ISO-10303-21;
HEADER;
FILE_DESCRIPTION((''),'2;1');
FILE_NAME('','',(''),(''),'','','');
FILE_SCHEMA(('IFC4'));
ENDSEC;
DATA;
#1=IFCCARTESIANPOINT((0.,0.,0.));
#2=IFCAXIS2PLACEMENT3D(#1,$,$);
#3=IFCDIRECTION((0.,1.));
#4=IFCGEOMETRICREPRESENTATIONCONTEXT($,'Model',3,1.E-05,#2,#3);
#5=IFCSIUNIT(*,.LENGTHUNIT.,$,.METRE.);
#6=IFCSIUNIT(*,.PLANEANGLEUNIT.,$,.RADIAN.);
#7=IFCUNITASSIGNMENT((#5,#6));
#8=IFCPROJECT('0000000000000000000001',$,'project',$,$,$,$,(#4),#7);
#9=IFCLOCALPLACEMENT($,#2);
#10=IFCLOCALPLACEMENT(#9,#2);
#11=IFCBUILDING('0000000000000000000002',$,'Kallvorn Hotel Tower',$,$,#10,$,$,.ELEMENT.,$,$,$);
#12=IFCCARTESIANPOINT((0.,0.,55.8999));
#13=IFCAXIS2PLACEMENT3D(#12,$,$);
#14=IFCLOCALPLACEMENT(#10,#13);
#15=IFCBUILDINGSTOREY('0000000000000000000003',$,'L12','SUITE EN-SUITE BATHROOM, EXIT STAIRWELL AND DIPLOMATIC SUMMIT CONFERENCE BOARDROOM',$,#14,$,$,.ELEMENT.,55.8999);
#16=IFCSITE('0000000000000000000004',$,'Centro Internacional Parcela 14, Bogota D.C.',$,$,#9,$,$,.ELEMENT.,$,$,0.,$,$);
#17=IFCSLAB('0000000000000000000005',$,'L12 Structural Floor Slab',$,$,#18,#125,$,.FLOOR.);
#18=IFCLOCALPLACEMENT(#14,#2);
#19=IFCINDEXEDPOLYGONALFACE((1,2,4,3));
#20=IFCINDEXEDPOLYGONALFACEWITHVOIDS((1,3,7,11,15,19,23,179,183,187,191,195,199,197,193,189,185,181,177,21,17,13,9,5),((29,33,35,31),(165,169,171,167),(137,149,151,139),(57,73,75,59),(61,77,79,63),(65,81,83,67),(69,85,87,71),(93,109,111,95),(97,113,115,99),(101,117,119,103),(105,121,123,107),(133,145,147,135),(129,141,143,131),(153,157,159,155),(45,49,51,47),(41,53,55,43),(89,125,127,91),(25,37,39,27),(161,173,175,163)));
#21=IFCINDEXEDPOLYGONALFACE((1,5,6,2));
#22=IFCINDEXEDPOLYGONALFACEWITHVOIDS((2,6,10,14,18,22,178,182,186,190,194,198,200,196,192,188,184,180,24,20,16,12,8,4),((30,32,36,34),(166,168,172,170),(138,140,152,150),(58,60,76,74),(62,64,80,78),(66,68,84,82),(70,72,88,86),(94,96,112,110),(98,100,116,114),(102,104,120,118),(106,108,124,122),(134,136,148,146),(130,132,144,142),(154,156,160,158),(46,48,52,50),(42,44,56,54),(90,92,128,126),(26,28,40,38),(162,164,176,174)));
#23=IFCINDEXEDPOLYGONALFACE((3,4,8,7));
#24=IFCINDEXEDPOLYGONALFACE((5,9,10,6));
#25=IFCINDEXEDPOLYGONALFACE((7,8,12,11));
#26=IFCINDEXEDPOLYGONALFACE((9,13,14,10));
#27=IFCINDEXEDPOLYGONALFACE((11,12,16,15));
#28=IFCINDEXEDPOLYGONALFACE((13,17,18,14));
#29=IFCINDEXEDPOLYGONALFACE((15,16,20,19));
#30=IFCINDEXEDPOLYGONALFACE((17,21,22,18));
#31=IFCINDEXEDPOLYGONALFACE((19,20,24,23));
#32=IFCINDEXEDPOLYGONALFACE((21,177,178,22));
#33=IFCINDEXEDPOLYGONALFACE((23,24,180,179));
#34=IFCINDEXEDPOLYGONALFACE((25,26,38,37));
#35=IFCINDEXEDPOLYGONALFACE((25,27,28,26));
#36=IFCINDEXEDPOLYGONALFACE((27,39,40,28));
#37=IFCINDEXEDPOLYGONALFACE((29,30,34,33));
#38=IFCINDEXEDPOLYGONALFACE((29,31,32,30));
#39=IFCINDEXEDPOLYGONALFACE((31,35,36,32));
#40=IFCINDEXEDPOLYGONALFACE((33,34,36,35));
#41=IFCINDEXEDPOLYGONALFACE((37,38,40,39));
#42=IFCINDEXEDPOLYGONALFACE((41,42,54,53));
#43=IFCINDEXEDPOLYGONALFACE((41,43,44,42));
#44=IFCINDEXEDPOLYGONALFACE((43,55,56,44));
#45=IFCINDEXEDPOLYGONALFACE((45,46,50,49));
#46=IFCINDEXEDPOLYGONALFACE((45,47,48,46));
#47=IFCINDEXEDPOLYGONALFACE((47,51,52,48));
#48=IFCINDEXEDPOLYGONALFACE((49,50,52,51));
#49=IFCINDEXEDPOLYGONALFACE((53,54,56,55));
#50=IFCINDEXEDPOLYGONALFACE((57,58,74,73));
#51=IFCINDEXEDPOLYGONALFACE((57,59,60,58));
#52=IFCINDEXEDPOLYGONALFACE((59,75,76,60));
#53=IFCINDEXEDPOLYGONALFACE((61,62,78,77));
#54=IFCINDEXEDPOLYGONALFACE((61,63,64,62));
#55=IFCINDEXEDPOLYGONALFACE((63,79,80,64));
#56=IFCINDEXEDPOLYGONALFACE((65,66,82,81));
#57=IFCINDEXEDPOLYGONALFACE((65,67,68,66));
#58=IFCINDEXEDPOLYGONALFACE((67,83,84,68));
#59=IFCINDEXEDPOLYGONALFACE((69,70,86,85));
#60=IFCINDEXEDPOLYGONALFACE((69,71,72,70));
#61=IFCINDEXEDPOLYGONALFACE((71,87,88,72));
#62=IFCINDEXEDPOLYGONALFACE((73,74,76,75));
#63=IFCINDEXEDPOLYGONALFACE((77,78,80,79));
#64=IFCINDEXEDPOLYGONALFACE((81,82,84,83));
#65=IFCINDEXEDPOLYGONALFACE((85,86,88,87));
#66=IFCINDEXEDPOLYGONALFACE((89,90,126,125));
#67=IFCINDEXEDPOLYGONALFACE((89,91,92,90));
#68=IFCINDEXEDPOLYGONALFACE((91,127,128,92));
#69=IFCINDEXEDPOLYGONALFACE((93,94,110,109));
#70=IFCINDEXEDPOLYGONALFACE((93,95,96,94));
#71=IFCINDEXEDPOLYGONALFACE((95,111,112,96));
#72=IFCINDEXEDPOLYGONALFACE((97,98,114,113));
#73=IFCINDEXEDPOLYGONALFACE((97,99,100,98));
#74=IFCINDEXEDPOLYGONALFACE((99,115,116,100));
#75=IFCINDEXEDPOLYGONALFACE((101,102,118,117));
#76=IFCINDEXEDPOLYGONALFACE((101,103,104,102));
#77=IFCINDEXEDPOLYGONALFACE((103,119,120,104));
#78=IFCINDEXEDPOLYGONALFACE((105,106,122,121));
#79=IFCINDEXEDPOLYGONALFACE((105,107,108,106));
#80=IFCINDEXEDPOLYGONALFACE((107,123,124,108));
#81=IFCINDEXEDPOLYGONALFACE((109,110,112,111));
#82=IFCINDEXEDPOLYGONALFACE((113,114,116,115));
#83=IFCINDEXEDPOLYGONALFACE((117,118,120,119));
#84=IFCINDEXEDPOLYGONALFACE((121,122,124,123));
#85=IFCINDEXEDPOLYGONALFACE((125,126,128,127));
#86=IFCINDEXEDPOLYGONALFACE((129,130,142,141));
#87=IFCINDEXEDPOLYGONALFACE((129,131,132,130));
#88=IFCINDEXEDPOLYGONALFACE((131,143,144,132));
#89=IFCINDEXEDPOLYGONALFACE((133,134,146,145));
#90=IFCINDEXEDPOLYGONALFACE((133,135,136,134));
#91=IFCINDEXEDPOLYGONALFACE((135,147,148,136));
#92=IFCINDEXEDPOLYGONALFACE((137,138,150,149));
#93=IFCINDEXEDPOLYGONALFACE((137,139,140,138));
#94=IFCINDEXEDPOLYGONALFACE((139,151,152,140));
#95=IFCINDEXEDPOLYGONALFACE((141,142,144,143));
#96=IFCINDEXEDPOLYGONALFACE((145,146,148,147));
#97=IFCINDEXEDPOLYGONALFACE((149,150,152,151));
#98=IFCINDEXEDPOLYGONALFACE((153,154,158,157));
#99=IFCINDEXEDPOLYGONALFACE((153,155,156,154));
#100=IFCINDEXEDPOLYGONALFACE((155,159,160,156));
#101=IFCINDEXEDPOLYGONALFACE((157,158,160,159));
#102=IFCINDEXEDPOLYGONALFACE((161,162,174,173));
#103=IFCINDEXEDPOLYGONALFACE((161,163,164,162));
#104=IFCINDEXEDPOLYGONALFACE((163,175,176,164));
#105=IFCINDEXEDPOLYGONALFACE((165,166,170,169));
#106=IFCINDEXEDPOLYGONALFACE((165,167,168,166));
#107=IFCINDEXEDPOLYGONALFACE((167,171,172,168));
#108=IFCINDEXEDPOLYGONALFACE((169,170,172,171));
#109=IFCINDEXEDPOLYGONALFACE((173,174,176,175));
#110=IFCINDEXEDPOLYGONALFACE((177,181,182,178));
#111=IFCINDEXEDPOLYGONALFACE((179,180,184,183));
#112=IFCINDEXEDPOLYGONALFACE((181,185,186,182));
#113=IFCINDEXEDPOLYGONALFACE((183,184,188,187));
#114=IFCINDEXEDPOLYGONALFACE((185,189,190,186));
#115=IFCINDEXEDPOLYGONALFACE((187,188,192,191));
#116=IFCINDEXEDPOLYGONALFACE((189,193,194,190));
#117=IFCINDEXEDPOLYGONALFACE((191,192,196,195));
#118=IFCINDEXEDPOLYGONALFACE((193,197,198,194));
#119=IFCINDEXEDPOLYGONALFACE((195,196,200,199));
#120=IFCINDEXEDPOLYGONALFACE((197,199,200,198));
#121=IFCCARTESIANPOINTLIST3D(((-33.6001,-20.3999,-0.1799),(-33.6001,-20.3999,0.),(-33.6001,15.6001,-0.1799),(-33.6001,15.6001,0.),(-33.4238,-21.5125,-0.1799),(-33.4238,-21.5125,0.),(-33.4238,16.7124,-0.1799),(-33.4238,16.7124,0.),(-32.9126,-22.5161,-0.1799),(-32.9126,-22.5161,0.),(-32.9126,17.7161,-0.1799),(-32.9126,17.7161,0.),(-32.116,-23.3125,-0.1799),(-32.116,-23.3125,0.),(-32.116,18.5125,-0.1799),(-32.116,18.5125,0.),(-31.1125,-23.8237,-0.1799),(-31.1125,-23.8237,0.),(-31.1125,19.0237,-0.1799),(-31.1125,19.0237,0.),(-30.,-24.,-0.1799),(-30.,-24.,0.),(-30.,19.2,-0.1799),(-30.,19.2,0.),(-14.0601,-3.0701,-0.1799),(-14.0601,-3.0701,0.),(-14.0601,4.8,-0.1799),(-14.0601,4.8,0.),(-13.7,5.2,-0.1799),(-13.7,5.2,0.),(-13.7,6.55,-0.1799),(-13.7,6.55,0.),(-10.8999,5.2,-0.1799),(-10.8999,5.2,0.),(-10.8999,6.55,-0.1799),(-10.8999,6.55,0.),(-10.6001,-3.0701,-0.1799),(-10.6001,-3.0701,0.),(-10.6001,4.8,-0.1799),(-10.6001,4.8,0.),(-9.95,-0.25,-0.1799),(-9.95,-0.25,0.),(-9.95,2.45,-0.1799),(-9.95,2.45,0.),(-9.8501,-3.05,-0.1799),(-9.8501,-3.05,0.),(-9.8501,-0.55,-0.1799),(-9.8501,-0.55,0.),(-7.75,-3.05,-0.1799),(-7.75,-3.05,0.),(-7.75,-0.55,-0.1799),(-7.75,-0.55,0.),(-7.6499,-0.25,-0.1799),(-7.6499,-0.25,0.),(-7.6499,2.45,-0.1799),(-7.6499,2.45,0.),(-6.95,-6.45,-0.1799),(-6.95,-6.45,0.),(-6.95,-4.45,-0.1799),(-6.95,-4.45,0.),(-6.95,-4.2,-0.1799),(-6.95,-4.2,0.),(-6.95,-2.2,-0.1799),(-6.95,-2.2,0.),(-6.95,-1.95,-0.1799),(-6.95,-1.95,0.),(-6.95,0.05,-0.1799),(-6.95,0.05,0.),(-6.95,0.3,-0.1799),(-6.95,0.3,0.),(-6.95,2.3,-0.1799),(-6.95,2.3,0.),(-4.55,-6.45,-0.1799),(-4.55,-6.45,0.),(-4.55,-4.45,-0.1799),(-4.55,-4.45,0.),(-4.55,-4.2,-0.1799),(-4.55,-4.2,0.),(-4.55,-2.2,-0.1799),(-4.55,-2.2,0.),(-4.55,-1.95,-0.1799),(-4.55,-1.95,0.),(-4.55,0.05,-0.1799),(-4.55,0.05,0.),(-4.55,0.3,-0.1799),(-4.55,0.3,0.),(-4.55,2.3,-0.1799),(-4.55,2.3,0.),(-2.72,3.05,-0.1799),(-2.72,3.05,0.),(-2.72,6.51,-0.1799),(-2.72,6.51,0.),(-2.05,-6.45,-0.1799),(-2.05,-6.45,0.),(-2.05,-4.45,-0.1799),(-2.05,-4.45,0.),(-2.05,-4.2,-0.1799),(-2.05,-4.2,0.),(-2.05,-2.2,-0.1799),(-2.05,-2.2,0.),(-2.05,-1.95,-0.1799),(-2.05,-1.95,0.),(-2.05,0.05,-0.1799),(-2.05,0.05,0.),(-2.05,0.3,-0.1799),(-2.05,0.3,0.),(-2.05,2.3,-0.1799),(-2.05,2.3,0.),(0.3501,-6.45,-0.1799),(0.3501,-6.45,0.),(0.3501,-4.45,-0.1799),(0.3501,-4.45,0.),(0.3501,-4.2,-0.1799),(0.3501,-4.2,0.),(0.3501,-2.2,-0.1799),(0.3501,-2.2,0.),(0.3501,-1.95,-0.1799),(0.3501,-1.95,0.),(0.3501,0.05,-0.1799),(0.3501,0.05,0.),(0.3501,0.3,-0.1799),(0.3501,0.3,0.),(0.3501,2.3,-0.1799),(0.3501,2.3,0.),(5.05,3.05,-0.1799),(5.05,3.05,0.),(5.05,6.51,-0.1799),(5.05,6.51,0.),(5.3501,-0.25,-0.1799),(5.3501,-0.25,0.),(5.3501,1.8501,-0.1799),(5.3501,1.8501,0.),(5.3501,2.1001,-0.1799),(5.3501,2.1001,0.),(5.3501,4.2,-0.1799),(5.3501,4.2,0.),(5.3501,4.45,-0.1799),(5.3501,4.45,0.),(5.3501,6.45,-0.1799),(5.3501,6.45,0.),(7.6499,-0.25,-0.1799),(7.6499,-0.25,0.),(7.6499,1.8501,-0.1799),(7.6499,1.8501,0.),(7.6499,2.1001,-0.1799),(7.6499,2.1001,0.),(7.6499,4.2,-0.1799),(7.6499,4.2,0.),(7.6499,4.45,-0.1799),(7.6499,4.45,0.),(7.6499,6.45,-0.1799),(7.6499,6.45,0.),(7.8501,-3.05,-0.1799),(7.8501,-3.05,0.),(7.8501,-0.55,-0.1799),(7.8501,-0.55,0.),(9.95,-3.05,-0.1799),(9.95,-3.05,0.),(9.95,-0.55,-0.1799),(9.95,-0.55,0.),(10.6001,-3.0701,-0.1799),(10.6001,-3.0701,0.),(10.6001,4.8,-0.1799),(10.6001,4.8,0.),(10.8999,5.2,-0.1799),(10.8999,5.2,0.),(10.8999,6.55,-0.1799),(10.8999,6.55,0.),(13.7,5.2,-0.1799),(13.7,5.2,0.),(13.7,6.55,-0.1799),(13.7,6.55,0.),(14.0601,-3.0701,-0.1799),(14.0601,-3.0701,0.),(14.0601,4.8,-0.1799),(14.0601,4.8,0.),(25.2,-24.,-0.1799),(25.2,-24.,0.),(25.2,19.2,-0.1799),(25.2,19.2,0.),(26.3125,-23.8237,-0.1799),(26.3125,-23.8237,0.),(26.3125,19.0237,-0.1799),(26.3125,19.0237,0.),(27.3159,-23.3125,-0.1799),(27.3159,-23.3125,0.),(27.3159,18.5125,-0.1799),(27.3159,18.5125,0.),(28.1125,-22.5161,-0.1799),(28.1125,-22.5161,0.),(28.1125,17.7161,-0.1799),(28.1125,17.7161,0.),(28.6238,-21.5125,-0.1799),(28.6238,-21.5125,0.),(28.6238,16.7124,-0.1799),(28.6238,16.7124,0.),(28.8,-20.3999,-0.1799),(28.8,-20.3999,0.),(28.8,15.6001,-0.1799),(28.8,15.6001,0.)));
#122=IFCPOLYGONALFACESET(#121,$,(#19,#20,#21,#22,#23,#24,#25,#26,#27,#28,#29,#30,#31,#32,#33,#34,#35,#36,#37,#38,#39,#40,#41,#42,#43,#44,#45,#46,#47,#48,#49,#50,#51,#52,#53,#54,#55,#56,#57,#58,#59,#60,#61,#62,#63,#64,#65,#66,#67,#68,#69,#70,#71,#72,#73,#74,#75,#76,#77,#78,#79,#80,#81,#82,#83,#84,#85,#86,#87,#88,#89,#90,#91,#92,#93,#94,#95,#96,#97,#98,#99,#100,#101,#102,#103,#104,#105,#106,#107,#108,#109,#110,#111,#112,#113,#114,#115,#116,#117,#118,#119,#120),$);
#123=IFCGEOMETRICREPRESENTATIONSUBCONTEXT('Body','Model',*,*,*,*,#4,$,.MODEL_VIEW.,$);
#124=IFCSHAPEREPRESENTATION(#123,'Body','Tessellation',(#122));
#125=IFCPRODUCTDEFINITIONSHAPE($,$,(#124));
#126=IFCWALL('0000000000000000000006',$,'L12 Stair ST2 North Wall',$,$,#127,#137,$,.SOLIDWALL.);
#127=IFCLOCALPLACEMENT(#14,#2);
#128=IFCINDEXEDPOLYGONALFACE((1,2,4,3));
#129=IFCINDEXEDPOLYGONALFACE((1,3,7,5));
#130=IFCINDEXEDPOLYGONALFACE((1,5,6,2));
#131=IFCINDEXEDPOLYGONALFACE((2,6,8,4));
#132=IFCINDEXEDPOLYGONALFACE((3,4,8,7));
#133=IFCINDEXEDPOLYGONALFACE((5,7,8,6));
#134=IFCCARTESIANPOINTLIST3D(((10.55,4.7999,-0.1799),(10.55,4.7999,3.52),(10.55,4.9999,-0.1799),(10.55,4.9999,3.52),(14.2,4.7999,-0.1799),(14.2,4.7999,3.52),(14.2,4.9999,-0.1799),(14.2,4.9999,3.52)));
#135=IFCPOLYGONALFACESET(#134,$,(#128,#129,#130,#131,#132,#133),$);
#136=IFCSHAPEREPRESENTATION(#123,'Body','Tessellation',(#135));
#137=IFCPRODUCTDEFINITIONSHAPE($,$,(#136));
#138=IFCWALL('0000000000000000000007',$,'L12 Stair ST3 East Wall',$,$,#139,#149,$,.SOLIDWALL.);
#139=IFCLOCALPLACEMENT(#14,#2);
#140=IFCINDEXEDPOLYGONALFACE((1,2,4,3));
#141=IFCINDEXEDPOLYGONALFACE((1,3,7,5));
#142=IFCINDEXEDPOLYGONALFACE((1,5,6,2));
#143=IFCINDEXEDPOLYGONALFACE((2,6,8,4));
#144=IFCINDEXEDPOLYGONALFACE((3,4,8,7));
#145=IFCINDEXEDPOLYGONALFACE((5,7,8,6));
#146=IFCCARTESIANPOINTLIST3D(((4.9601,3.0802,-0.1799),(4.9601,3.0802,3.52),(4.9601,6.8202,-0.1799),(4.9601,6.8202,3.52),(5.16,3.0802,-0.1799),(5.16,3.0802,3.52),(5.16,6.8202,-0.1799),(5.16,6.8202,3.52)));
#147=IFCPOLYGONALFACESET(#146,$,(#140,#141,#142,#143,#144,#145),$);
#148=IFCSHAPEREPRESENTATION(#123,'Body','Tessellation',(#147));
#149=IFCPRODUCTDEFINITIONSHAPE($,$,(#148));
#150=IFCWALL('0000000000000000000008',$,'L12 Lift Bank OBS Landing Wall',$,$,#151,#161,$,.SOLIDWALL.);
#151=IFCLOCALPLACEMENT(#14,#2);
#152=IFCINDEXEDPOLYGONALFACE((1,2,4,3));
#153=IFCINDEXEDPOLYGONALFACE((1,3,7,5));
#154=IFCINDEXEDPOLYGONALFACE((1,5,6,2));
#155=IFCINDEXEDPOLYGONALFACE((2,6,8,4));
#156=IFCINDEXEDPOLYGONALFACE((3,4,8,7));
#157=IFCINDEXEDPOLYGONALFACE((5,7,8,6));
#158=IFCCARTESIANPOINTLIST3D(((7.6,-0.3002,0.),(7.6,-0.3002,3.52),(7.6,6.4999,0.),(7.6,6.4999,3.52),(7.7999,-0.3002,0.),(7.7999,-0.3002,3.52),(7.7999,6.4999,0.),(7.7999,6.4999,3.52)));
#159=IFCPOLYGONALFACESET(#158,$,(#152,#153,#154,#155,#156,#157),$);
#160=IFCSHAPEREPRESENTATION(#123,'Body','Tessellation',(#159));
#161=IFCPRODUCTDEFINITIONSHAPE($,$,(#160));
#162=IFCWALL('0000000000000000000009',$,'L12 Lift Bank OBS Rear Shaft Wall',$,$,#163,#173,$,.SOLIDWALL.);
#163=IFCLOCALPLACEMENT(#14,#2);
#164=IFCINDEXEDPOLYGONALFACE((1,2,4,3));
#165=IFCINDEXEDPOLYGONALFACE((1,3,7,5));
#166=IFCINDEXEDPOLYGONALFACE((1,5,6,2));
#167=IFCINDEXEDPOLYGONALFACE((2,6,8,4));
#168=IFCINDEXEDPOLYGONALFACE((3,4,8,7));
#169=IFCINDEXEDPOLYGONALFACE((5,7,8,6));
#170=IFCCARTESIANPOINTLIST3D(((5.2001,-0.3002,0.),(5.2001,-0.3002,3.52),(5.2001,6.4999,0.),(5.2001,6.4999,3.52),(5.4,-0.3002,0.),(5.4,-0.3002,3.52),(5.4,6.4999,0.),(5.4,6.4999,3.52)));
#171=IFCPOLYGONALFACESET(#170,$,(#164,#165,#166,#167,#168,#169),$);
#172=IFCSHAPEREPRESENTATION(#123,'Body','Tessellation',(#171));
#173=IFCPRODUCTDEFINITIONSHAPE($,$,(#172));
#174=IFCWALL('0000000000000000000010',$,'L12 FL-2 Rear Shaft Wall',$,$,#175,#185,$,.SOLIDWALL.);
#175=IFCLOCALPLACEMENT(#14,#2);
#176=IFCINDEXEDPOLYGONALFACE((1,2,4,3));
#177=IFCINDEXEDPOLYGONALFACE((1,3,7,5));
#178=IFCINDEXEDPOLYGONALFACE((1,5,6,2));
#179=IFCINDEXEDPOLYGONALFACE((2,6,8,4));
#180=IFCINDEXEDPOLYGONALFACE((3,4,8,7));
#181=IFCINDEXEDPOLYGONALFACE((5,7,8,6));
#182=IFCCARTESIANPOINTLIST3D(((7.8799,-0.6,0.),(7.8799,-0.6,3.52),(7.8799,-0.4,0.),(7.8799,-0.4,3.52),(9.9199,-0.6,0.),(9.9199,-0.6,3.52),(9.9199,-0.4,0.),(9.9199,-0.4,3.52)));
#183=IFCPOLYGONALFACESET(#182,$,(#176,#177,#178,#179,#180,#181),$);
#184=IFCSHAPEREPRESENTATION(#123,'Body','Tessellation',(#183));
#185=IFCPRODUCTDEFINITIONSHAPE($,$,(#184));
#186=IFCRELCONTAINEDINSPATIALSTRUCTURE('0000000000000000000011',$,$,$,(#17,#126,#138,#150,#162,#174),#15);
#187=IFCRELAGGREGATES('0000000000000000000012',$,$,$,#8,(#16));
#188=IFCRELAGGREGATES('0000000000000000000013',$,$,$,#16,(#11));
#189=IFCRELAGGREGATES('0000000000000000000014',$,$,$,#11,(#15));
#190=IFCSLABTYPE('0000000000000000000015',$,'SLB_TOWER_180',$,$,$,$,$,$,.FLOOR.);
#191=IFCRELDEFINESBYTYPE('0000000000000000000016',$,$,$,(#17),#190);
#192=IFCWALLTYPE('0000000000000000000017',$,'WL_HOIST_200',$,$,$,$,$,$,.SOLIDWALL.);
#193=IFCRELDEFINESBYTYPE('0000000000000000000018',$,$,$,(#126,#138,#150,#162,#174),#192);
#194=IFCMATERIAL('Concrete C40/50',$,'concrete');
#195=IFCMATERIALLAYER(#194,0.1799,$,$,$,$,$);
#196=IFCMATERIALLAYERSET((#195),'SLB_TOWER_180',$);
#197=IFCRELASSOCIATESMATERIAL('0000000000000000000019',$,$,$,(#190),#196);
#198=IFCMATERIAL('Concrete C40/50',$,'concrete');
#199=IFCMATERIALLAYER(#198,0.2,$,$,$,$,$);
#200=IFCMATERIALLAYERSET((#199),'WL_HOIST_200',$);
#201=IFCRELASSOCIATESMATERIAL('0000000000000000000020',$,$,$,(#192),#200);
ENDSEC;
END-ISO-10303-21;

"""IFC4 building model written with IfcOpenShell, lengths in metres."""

from ifc_helpers import new_model, si_unit, direction, frame, frame_2d, origin, place, context, subcontext, project, spatial, polyline, rectangle, outline, extrude, material, layer, layer_set, type_object, element, save


model = new_model("IFC4")

# Units and contexts
model_context = context("Model", 3, precision=1e-05, world=origin(), true_north=direction((0.0, 1.0)))
body_context = subcontext(model_context, "Body", "Model", "MODEL_VIEW")
ifc_project = project(units=[si_unit("LENGTHUNIT", "METRE"), si_unit("PLANEANGLEUNIT", "RADIAN")], contexts=[model_context])

# Site, building, storey
site_placement = place(None, origin())
site = spatial("IfcSite", under=ifc_project, at=site_placement, Name="Centro Internacional Parcela 14, Bogota D.C.", CompositionType="ELEMENT", RefElevation=0.0)
building_placement = place(site_placement, origin())
building = spatial("IfcBuilding", under=site, at=building_placement, Name="Kallvorn Hotel Tower", CompositionType="ELEMENT")
storey_placement = place(building_placement, frame((0.0, 0.0, 55.8999)))
storey = spatial("IfcBuildingStorey", under=building, at=storey_placement, Name="L12", Description="SUITE EN-SUITE BATHROOM, EXIT STAIRWELL AND DIPLOMATIC SUMMIT CONFERENCE BOARDROOM", CompositionType="ELEMENT", Elevation=55.8999)

# Slab
ifc_material_1 = material(Name="Concrete C40/50", Category="concrete")
ifc_layer_1 = layer(ifc_material_1, 0.1799)
ifc_layer_set_1 = layer_set([ifc_layer_1], Name="SLB_TOWER_180")
slab_type_1 = type_object("IfcSlabType", Name="SLB_TOWER_180", PredefinedType="FLOOR", material=ifc_layer_set_1)
slab_1_placement = place(storey_placement, frame((0.0, 0.0, -0.1799)))
element("IfcSlab", 1, at=slab_1_placement, inside=storey, type_object=slab_type_1, Name="L12 Structural Floor Slab", PredefinedType="FLOOR", context=body_context, shape_type="SweptSolid", body=[
    extrude(outline(polyline([(25.2, -24.0), (26.3125, -23.8237), (27.3159, -23.3125), (28.1125, -22.5161), (28.6238, -21.5125), (28.8, -20.3999), (28.8, 15.6001), (28.6238, 16.7124), (28.1125, 17.7161), (27.3159, 18.5125), (26.3125, 19.0237), (25.2, 19.2), (-30.0, 19.2), (-31.1125, 19.0237), (-32.116, 18.5125), (-32.9126, 17.7161), (-33.4238, 16.7124), (-33.6001, 15.6001), (-33.6001, -20.3999), (-33.4238, -21.5125), (-32.9126, -22.5161), (-32.116, -23.3125), (-31.1125, -23.8237), (-30.0, -24.0), (25.2, -24.0)]), holes=[polyline([(-10.6001, -3.0701), (-10.6001, 4.8), (-14.0601, 4.8), (-14.0601, -3.0701), (-10.6001, -3.0701)]), polyline([(14.0601, -3.0701), (14.0601, 4.8), (10.6001, 4.8), (10.6001, -3.0701), (14.0601, -3.0701)]), polyline([(-2.72, 3.05), (5.05, 3.05), (5.05, 6.51), (-2.72, 6.51), (-2.72, 3.05)]), polyline([(-6.95, -6.45), (-4.55, -6.45), (-4.55, -4.45), (-6.95, -4.45), (-6.95, -6.45)]), polyline([(-6.95, -4.2), (-4.55, -4.2), (-4.55, -2.2), (-6.95, -2.2), (-6.95, -4.2)]), polyline([(-6.95, -1.95), (-4.55, -1.95), (-4.55, 0.05), (-6.95, 0.05), (-6.95, -1.95)]), polyline([(-6.95, 0.3), (-4.55, 0.3), (-4.55, 2.3), (-6.95, 2.3), (-6.95, 0.3)]), polyline([(-2.05, -6.45), (0.3501, -6.45), (0.3501, -4.45), (-2.05, -4.45), (-2.05, -6.45)]), polyline([(-2.05, -4.2), (0.3501, -4.2), (0.3501, -2.2), (-2.05, -2.2), (-2.05, -4.2)]), polyline([(-2.05, -1.95), (0.3501, -1.95), (0.3501, 0.05), (-2.05, 0.05), (-2.05, -1.95)]), polyline([(-2.05, 0.3), (0.3501, 0.3), (0.3501, 2.3), (-2.05, 2.3), (-2.05, 0.3)]), polyline([(5.3501, -0.25), (7.6499, -0.25), (7.6499, 1.8501), (5.3501, 1.8501), (5.3501, -0.25)]), polyline([(5.3501, 2.1001), (7.6499, 2.1001), (7.6499, 4.2), (5.3501, 4.2), (5.3501, 2.1001)]), polyline([(5.3501, 4.45), (7.6499, 4.45), (7.6499, 6.45), (5.3501, 6.45), (5.3501, 4.45)]), polyline([(-9.8501, -3.05), (-7.75, -3.05), (-7.75, -0.55), (-9.8501, -0.55), (-9.8501, -3.05)]), polyline([(7.8501, -3.05), (9.95, -3.05), (9.95, -0.55), (7.8501, -0.55), (7.8501, -3.05)]), polyline([(-9.95, -0.25), (-7.6499, -0.25), (-7.6499, 2.45), (-9.95, 2.45), (-9.95, -0.25)]), polyline([(-13.7, 5.2), (-10.8999, 5.2), (-10.8999, 6.55), (-13.7, 6.55), (-13.7, 5.2)]), polyline([(10.8999, 5.2), (13.7, 5.2), (13.7, 6.55), (10.8999, 6.55), (10.8999, 5.2)])]), origin(), (0.0, 0.0, 1.0), 0.1799),
])

# Walls
ifc_material_2 = material(Name="Concrete C40/50", Category="concrete")
ifc_layer_2 = layer(ifc_material_2, 0.2)
ifc_layer_set_2 = layer_set([ifc_layer_2], Name="WL_HOIST_200")
wall_type_1 = type_object("IfcWallType", Name="WL_HOIST_200", PredefinedType="SOLIDWALL", material=ifc_layer_set_2)
wall_1_placement = place(storey_placement, frame((10.55, 4.8999, -0.1799), z_axis=(0.0, 0.0, 1.0), x_axis=(1.0, 0.0, 0.0)))
element("IfcWall", 2, at=wall_1_placement, inside=storey, type_object=wall_type_1, Name="L12 Stair ST2 North Wall", PredefinedType="SOLIDWALL", context=body_context, shape_type="SweptSolid", body=[
    extrude(rectangle(XDim=3.6499, YDim=0.2, at=frame_2d((1.825, 0.0))), origin(), (0.0, 0.0, 1.0), 3.7),
])
wall_2_placement = place(storey_placement, frame((5.0601, 3.0801, -0.1799), z_axis=(0.0, 0.0, 1.0), x_axis=(0.0, 1.0, 0.0)))
element("IfcWall", 3, at=wall_2_placement, inside=storey, type_object=wall_type_1, Name="L12 Stair ST3 East Wall", PredefinedType="SOLIDWALL", context=body_context, shape_type="SweptSolid", body=[
    extrude(rectangle(XDim=3.74, YDim=0.2, at=frame_2d((1.8701, 0.0))), origin(), (0.0, 0.0, 1.0), 3.7),
])
for number, where, z_axis, x_axis, name in (
    (4, (7.7, -0.3, 0.0), (0.0, 0.0, 1.0), (0.0, 1.0, 0.0), "L12 Lift Bank OBS Landing Wall"),
    (5, (5.3, -0.3, 0.0), (0.0, 0.0, 1.0), (0.0, 1.0, 0.0), "L12 Lift Bank OBS Rear Shaft Wall"),
):
    element("IfcWall", number, at=place(storey_placement, frame(where, z_axis=z_axis, x_axis=x_axis)), inside=storey, type_object=wall_type_1, Name=name, PredefinedType="SOLIDWALL", context=body_context, shape_type="SweptSolid", body=[
        extrude(rectangle(XDim=6.8, YDim=0.2, at=frame_2d((3.3999, 0.0))), origin(), (0.0, 0.0, 1.0), 3.52),
    ])
wall_3_placement = place(storey_placement, frame((7.8799, -0.5, 0.0), z_axis=(0.0, 0.0, 1.0), x_axis=(1.0, 0.0, 0.0)))
element("IfcWall", 6, at=wall_3_placement, inside=storey, type_object=wall_type_1, Name="L12 FL-2 Rear Shaft Wall", PredefinedType="SOLIDWALL", context=body_context, shape_type="SweptSolid", body=[
    extrude(rectangle(XDim=2.04, YDim=0.2, at=frame_2d((1.02, 0.0))), origin(), (0.0, 0.0, 1.0), 3.52),
])

save(model, "model.ifc")
